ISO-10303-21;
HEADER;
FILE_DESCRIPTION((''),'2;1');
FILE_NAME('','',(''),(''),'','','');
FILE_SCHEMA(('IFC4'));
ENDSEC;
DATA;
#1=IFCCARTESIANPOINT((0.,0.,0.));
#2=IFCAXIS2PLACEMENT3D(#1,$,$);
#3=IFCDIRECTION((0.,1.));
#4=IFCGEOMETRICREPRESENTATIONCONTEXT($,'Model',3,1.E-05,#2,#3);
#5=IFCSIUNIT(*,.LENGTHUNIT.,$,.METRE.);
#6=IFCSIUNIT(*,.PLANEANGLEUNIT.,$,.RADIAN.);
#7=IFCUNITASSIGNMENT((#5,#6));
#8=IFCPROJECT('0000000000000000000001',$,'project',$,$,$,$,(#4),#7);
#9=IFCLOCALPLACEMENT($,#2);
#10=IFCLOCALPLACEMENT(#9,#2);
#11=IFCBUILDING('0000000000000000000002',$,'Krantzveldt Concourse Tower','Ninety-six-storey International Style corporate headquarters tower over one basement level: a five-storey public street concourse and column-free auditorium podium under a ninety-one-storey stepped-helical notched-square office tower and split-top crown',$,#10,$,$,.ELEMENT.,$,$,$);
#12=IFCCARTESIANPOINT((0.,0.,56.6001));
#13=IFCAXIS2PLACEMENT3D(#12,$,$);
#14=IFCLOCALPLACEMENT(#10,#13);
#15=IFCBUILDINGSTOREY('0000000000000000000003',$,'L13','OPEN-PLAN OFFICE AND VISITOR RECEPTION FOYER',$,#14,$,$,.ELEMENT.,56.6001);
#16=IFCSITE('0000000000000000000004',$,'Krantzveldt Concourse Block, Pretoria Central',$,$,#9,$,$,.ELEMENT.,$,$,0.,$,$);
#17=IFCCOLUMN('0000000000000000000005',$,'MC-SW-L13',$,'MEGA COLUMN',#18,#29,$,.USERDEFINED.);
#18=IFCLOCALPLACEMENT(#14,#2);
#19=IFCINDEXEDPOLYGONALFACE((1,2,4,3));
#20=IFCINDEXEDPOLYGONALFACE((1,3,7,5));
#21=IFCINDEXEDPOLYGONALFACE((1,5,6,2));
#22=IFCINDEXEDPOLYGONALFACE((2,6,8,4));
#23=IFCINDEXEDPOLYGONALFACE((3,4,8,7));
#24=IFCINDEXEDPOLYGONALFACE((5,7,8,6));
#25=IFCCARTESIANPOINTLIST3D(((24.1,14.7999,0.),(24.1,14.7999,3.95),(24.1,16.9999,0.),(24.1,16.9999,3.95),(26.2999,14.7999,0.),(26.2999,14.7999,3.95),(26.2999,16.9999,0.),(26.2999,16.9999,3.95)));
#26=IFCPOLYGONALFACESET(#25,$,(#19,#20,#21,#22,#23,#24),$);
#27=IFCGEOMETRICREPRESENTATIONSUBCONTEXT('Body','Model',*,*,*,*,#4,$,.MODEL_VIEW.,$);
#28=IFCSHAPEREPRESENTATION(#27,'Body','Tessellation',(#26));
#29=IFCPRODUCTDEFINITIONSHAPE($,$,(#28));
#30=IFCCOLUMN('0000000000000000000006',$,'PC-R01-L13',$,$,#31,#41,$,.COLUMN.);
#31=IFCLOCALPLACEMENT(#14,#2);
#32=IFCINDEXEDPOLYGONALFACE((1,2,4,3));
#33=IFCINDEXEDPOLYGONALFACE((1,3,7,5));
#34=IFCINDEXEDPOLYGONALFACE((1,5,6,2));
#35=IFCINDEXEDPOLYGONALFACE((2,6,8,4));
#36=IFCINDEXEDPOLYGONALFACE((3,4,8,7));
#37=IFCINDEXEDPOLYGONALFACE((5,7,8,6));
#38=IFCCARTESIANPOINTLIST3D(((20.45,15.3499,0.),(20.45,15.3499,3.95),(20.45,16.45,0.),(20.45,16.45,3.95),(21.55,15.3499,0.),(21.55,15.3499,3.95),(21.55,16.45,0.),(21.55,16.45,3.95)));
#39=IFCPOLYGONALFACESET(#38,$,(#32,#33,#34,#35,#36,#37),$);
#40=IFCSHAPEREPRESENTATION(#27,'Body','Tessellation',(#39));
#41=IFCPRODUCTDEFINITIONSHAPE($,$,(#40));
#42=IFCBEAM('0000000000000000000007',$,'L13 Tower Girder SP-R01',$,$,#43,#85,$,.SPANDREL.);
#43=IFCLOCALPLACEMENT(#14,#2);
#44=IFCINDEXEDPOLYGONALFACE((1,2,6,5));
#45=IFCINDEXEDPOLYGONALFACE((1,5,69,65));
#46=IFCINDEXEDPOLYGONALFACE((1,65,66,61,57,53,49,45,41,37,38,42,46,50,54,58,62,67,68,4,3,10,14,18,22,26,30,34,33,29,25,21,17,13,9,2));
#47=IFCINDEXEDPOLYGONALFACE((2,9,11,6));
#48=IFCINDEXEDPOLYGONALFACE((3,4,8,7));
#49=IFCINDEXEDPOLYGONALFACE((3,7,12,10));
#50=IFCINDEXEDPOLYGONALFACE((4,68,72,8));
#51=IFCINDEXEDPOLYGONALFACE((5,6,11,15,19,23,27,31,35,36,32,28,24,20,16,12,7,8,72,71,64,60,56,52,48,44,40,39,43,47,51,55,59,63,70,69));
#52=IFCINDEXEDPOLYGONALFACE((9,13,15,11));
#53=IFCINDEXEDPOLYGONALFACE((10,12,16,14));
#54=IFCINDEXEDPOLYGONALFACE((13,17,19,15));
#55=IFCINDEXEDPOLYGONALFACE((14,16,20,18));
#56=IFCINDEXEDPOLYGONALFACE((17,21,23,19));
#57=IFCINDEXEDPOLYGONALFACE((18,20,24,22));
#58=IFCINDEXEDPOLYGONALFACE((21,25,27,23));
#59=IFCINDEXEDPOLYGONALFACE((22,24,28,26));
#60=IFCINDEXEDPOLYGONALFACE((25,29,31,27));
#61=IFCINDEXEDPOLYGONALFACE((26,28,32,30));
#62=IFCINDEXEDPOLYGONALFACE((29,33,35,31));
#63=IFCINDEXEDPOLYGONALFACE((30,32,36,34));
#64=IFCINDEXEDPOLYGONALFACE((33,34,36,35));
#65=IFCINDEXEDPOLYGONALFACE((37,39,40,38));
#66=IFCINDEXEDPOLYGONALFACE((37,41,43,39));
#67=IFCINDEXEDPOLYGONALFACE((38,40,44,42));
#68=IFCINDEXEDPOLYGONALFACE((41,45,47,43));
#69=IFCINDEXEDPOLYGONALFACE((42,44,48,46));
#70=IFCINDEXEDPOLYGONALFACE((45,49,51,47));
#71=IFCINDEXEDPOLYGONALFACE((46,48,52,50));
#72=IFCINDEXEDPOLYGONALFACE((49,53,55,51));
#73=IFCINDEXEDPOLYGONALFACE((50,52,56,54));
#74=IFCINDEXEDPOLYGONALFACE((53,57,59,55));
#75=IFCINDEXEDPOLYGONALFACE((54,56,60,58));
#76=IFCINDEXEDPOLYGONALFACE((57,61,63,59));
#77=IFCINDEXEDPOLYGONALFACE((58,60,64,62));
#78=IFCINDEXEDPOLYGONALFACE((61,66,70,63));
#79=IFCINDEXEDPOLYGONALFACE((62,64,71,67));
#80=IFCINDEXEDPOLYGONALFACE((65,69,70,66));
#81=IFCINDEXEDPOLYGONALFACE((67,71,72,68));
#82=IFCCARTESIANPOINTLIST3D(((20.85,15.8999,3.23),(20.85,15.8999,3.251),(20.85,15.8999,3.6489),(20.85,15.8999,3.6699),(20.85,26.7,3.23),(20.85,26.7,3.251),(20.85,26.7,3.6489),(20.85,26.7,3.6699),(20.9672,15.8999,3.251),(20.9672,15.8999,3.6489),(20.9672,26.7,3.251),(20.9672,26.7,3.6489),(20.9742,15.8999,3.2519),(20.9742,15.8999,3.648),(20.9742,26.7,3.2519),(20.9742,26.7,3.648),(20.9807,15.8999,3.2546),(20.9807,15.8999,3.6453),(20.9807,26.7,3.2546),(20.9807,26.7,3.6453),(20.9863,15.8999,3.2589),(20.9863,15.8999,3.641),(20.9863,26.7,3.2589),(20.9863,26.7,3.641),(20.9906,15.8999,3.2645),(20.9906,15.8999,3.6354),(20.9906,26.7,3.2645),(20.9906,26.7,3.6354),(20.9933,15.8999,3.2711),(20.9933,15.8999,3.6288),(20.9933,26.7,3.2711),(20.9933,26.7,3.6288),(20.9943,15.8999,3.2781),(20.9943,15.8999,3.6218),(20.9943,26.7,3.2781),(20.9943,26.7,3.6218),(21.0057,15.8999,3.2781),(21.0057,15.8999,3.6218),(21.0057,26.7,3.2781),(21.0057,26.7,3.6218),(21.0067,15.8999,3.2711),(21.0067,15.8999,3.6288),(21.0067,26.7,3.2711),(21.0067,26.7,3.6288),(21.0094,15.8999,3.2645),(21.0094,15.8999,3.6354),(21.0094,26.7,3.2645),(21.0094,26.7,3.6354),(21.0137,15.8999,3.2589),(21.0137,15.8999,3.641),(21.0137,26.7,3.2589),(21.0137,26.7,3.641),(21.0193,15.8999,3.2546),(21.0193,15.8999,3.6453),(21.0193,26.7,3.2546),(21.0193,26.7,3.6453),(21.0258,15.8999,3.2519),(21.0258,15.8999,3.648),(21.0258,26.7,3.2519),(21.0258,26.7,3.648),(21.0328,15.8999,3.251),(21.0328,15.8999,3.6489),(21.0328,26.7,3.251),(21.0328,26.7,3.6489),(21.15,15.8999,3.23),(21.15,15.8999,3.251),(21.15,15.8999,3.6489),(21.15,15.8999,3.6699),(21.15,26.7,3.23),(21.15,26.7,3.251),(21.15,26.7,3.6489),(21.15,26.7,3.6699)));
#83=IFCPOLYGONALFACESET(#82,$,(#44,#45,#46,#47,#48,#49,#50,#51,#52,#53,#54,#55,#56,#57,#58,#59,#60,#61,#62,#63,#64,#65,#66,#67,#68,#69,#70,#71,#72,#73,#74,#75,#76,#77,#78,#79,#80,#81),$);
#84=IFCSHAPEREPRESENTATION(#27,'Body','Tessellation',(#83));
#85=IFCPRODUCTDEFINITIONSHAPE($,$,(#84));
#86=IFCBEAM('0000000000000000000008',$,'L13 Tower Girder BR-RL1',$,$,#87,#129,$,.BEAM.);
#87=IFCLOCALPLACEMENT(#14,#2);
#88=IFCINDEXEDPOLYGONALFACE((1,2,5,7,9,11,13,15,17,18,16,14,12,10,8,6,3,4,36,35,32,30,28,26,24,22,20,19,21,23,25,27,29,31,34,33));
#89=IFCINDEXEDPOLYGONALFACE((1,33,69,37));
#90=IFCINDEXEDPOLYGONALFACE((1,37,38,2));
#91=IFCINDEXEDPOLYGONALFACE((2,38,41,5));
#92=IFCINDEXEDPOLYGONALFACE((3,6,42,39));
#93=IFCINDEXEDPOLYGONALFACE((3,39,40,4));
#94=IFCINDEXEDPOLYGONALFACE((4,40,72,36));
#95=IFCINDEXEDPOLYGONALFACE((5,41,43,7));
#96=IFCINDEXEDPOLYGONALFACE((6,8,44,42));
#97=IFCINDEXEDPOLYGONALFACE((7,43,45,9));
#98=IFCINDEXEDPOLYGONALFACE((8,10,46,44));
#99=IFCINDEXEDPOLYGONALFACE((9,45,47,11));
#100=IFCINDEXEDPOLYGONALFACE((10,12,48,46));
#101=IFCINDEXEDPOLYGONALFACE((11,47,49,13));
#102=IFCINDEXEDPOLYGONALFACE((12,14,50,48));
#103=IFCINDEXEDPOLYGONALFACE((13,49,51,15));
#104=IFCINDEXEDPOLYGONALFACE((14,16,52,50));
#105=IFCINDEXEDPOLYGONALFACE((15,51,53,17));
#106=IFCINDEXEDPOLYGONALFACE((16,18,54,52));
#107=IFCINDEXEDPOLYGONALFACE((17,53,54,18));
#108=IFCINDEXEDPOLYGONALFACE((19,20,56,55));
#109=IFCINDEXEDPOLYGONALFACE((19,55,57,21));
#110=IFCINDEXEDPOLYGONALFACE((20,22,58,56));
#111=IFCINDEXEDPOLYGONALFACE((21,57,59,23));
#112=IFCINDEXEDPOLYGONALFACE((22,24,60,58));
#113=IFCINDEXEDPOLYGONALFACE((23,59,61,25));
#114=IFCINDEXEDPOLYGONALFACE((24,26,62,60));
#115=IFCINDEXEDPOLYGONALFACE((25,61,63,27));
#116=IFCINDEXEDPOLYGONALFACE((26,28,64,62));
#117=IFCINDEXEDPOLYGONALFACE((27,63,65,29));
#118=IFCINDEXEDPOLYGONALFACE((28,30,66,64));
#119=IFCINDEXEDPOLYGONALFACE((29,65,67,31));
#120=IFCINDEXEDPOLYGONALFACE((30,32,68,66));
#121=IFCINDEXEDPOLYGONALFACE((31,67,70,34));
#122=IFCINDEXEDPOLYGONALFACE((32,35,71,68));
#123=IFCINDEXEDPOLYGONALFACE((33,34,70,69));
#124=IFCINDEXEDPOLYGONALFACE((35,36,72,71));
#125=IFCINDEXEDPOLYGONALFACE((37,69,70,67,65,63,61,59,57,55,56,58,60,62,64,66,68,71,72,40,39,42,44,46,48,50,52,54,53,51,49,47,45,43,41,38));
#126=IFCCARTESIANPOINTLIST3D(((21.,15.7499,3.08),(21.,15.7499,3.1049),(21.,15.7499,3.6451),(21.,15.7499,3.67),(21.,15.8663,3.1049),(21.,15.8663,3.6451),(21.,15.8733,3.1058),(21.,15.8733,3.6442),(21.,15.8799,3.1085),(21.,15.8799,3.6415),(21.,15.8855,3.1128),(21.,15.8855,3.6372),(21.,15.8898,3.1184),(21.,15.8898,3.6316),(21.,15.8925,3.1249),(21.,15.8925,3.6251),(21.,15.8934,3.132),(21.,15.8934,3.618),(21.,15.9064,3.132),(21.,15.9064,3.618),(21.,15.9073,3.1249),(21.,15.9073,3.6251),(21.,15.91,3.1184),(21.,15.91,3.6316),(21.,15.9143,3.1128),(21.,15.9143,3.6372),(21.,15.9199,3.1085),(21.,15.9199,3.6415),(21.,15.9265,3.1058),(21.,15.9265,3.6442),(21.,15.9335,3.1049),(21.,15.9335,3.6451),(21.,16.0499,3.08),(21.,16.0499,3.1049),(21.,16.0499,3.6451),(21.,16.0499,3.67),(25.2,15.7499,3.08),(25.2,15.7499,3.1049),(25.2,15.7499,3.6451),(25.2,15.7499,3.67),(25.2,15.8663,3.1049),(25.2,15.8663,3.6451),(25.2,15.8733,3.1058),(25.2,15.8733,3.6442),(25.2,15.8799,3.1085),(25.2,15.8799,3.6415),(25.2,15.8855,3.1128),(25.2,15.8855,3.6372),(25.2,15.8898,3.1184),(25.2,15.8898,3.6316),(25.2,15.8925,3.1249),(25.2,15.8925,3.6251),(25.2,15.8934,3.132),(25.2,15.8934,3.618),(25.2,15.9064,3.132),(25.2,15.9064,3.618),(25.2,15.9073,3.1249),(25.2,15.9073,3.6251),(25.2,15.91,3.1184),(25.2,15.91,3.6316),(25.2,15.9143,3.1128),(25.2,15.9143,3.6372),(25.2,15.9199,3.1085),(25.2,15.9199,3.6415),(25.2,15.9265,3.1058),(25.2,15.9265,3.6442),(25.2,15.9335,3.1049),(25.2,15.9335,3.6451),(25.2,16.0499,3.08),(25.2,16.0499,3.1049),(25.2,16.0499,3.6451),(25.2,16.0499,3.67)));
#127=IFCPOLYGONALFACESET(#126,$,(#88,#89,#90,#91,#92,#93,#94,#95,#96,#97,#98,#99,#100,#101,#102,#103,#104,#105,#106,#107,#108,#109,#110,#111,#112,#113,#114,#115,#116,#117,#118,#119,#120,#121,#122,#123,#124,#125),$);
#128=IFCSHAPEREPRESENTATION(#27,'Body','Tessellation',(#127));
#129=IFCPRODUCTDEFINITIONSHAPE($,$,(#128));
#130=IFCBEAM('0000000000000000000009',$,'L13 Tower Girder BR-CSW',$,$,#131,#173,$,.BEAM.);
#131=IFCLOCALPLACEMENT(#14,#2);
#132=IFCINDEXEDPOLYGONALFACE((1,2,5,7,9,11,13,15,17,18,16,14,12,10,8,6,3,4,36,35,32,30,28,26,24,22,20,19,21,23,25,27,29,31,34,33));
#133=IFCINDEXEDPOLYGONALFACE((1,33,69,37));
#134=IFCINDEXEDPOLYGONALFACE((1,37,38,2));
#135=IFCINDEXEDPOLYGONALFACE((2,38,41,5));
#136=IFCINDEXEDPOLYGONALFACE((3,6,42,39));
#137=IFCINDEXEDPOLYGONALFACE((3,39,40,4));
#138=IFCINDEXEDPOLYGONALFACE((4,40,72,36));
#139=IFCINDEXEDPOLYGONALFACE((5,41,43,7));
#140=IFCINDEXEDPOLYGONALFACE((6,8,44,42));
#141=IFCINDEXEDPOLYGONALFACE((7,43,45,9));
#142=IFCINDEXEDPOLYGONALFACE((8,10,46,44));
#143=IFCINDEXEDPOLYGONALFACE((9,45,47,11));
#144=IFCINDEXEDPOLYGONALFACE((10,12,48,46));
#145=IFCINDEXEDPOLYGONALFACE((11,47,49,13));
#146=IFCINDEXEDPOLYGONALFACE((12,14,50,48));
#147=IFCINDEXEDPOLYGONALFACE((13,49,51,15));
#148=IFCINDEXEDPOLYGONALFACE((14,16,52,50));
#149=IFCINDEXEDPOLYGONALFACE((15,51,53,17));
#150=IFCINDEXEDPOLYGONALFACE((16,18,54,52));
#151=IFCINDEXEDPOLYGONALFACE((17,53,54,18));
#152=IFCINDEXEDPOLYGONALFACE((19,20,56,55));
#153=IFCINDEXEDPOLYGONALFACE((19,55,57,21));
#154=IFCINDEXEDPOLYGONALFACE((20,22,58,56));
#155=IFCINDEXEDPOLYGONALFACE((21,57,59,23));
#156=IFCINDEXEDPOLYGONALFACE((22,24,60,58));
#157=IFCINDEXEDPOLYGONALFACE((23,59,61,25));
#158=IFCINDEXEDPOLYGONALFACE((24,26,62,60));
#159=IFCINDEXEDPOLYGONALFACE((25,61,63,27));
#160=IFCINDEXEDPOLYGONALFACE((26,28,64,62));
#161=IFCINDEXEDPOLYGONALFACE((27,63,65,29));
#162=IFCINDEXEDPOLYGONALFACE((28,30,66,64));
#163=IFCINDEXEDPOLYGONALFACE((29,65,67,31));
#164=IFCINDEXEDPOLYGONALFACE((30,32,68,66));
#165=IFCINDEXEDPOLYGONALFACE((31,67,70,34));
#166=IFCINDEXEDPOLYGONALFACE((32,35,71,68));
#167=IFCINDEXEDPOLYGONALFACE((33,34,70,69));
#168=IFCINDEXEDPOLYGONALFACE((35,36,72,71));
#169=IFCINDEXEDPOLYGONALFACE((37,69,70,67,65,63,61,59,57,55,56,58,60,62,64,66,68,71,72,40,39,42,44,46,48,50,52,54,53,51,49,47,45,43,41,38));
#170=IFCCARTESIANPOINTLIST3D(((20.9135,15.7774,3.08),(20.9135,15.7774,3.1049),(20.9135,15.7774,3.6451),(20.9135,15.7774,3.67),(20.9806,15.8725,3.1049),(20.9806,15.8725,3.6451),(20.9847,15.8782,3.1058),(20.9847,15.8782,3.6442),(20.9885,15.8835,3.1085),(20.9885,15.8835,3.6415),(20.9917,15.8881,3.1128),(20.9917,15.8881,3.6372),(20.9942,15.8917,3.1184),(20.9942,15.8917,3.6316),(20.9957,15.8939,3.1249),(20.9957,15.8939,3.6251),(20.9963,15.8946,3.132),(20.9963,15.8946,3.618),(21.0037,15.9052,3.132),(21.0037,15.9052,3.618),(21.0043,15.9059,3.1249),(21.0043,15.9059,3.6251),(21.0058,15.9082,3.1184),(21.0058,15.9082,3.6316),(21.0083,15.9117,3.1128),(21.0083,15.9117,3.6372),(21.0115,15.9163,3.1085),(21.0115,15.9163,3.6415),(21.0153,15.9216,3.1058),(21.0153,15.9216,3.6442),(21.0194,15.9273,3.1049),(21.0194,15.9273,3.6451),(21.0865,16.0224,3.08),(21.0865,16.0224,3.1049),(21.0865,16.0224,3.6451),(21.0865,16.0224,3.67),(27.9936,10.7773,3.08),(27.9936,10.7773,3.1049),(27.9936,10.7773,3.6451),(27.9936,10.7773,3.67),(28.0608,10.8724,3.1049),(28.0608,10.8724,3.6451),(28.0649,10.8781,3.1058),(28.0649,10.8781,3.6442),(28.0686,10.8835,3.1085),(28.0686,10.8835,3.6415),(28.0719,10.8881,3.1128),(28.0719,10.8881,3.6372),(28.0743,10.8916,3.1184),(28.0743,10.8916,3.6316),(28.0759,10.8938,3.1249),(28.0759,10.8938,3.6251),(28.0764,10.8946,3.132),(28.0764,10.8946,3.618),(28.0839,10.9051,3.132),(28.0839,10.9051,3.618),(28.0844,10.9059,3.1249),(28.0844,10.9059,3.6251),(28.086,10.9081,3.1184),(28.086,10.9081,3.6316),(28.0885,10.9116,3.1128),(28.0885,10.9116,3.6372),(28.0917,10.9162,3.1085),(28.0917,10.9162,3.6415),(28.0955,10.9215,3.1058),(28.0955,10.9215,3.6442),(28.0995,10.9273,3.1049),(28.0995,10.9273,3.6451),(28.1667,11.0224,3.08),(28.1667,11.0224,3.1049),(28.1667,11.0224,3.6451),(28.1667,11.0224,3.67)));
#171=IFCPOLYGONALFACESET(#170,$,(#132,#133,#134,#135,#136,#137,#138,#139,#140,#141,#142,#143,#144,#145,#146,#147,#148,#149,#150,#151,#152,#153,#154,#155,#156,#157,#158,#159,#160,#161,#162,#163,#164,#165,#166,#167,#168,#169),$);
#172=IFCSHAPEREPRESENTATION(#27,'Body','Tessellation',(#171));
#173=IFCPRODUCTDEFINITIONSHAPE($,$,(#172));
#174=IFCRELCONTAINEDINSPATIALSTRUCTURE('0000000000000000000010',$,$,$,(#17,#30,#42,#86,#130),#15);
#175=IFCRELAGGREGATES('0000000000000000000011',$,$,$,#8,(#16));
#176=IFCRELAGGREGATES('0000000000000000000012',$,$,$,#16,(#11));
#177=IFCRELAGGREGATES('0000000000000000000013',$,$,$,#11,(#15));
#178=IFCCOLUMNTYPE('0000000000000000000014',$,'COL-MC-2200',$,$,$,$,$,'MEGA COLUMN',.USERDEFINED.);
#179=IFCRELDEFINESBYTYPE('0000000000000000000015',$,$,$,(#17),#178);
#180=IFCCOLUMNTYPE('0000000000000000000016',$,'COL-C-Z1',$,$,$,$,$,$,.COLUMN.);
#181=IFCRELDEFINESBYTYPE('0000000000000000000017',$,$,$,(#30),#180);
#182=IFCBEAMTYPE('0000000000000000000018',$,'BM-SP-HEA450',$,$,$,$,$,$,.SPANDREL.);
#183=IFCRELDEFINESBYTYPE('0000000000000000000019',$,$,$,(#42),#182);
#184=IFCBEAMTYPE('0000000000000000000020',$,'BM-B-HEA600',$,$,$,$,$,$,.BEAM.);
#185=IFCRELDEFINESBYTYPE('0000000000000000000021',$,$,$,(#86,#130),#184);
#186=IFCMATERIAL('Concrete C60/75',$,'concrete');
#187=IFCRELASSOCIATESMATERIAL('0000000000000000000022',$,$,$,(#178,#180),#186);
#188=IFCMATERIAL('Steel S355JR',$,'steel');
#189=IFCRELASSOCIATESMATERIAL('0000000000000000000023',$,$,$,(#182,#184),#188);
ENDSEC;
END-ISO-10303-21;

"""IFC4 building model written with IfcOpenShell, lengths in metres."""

from ifc_helpers import new_model, si_unit, direction, frame, origin, origin_2d, place, context, subcontext, project, spatial, rectangle, i_section, extrude, source, transform, mapped, material, material_profile, profile_set, type_object, type_shapes, element, save


model = new_model("IFC4")

# Units and contexts
model_context = context("Model", 3, precision=1e-05, world=origin(), true_north=direction((0.0, 1.0)))
body_context = subcontext(model_context, "Body", "Model", "MODEL_VIEW")
ifc_project = project(units=[si_unit("LENGTHUNIT", "METRE"), si_unit("PLANEANGLEUNIT", "RADIAN")], contexts=[model_context])

# Site, building, storey
site_placement = place(None, origin())
site = spatial("IfcSite", under=ifc_project, at=site_placement, Name="Krantzveldt Concourse Block, Pretoria Central", CompositionType="ELEMENT", RefElevation=0.0)
building_placement = place(site_placement, origin())
building = spatial("IfcBuilding", under=site, at=building_placement, Name="Krantzveldt Concourse Tower", Description="Ninety-six-storey International Style corporate headquarters tower over one basement level: a five-storey public street concourse and column-free auditorium podium under a ninety-one-storey stepped-helical notched-square office tower and split-top crown", CompositionType="ELEMENT")
storey_placement = place(building_placement, frame((0.0, 0.0, 56.6001)))
storey = spatial("IfcBuildingStorey", under=building, at=storey_placement, Name="L13", Description="OPEN-PLAN OFFICE AND VISITOR RECEPTION FOYER", CompositionType="ELEMENT", Elevation=56.6001)

# Columns
ifc_material_1 = material(Name="Concrete C60/75", Category="concrete")
ifc_material_profile_1 = material_profile(ifc_material_1, rectangle(XDim=2.2, YDim=2.2, at=origin_2d()), Name="Concrete C60/75", Category="concrete")
ifc_profile_set_1 = profile_set([ifc_material_profile_1], Name="Concrete C60/75 - RC 2200x2200")
column_type_1 = type_object("IfcColumnType", Name="COL-MC-2200", ElementType="MEGA COLUMN", PredefinedType="USERDEFINED", material=ifc_profile_set_1)
shared_shape_1 = source(origin(), body_context, "Body", "SweptSolid", [
    extrude(rectangle(XDim=2.2, YDim=2.2, at=origin_2d()), origin(), (0.0, 0.0, 1.0), 3.95),
])
type_shapes(column_type_1, [shared_shape_1])
column_1_placement = place(storey_placement, frame((25.2, 15.8999, 0.0), z_axis=(0.0, 0.0, 1.0), x_axis=(1.0, 0.0, 0.0)))
element("IfcColumn", 1, at=column_1_placement, inside=storey, type_object=column_type_1, Name="MC-SW-L13", ObjectType="MEGA COLUMN", PredefinedType="USERDEFINED", context=body_context, shape_type="MappedRepresentation", body=[
    mapped(shared_shape_1, transform((0.0, 0.0, 0.0), x_axis=(1.0, 0.0, 0.0), y_axis=(0.0, 1.0, 0.0), z_axis=(0.0, 0.0, 1.0), scale=1.0)),
])
ifc_material_profile_2 = material_profile(ifc_material_1, rectangle(XDim=1.1001, YDim=1.1001, at=origin_2d()), Name="Concrete C60/75", Category="concrete")
ifc_profile_set_2 = profile_set([ifc_material_profile_2], Name="Concrete C60/75 - RC 1100x1100")
column_type_2 = type_object("IfcColumnType", Name="COL-C-Z1", PredefinedType="COLUMN", material=ifc_profile_set_2)
shared_shape_2 = source(origin(), body_context, "Body", "SweptSolid", [
    extrude(rectangle(XDim=1.1001, YDim=1.1001, at=origin_2d()), origin(), (0.0, 0.0, 1.0), 3.95),
])
type_shapes(column_type_2, [shared_shape_2])
column_2_placement = place(storey_placement, frame((21.0, 15.8999, 0.0), z_axis=(0.0, 0.0, 1.0), x_axis=(1.0, 0.0, 0.0)))
element("IfcColumn", 2, at=column_2_placement, inside=storey, type_object=column_type_2, Name="PC-R01-L13", PredefinedType="COLUMN", context=body_context, shape_type="MappedRepresentation", body=[
    mapped(shared_shape_2, transform((0.0, 0.0, 0.0), x_axis=(1.0, 0.0, 0.0), y_axis=(0.0, 1.0, 0.0), z_axis=(0.0, 0.0, 1.0), scale=1.0)),
])

# Beams
ifc_material_2 = material(Name="Steel S355JR", Category="steel")
ifc_material_profile_3 = material_profile(ifc_material_2, i_section(OverallWidth=0.3, OverallDepth=0.4399, WebThickness=0.0115, FlangeThickness=0.021, FilletRadius=0.0271, at=origin_2d()), Name="Steel S355JR", Category="steel")
ifc_profile_set_3 = profile_set([ifc_material_profile_3], Name="Steel S355JR - HEA 450")
beam_type_1 = type_object("IfcBeamType", Name="BM-SP-HEA450", PredefinedType="SPANDREL", material=ifc_profile_set_3)
shared_shape_3 = source(origin(), body_context, "Body", "SweptSolid", [
    extrude(i_section(OverallWidth=0.3, OverallDepth=0.4399, WebThickness=0.0115, FlangeThickness=0.021, FilletRadius=0.0271, at=origin_2d()), origin(), (0.0, 0.0, 1.0), 10.8),
])
type_shapes(beam_type_1, [shared_shape_3])
beam_1_placement = place(storey_placement, frame((21.0, 15.8999, 3.45), z_axis=(0.0, 1.0, 0.0), x_axis=(-1.0, 0.0, 0.0)))
element("IfcBeam", 3, at=beam_1_placement, inside=storey, type_object=beam_type_1, Name="L13 Tower Girder SP-R01", PredefinedType="SPANDREL", context=body_context, shape_type="MappedRepresentation", body=[
    mapped(shared_shape_3, transform((0.0, 0.0, 0.0), x_axis=(1.0, 0.0, 0.0), y_axis=(0.0, 1.0, 0.0), z_axis=(0.0, 0.0, 1.0), scale=1.0)),
])
ifc_material_profile_4 = material_profile(ifc_material_2, i_section(OverallWidth=0.3, OverallDepth=0.5901, WebThickness=0.0129, FlangeThickness=0.0249, FilletRadius=0.0271, at=origin_2d()), Name="Steel S355JR", Category="steel")
ifc_profile_set_4 = profile_set([ifc_material_profile_4], Name="Steel S355JR - HEA 600")
beam_type_2 = type_object("IfcBeamType", Name="BM-B-HEA600", PredefinedType="BEAM", material=ifc_profile_set_4)
shared_shape_4 = source(origin(), body_context, "Body", "SweptSolid", [
    extrude(i_section(OverallWidth=0.3, OverallDepth=0.5901, WebThickness=0.0129, FlangeThickness=0.0249, FilletRadius=0.0271, at=origin_2d()), origin(), (0.0, 0.0, 1.0), 4.2),
])
beam_2_placement = place(storey_placement, frame((21.0, 15.8999, 3.375), z_axis=(1.0, 0.0, 0.0), x_axis=(0.0, 1.0, 0.0)))
element("IfcBeam", 4, at=beam_2_placement, inside=storey, type_object=beam_type_2, Name="L13 Tower Girder BR-RL1", PredefinedType="BEAM", context=body_context, shape_type="MappedRepresentation", body=[
    mapped(shared_shape_4, transform((0.0, 0.0, 0.0), x_axis=(1.0, 0.0, 0.0), y_axis=(0.0, 1.0, 0.0), z_axis=(0.0, 0.0, 1.0), scale=1.0)),
])
shared_shape_5 = source(origin(), body_context, "Body", "SweptSolid", [
    extrude(i_section(OverallWidth=0.3, OverallDepth=0.5901, WebThickness=0.0129, FlangeThickness=0.0249, FilletRadius=0.0271, at=origin_2d()), origin(), (0.0, 0.0, 1.0), 8.6677),
])
type_shapes(beam_type_2, [shared_shape_4, shared_shape_5])
beam_3_placement = place(storey_placement, frame((21.0, 15.8999, 3.375), z_axis=(0.816843, -0.57686, 0.0), x_axis=(0.57686, 0.816843, 0.0)))
element("IfcBeam", 5, at=beam_3_placement, inside=storey, type_object=beam_type_2, Name="L13 Tower Girder BR-CSW", PredefinedType="BEAM", context=body_context, shape_type="MappedRepresentation", body=[
    mapped(shared_shape_5, transform((0.0, 0.0, 0.0), x_axis=(1.0, 0.0, 0.0), y_axis=(0.0, 1.0, 0.0), z_axis=(0.0, 0.0, 1.0), scale=1.0)),
])

save(model, "model.ifc")
